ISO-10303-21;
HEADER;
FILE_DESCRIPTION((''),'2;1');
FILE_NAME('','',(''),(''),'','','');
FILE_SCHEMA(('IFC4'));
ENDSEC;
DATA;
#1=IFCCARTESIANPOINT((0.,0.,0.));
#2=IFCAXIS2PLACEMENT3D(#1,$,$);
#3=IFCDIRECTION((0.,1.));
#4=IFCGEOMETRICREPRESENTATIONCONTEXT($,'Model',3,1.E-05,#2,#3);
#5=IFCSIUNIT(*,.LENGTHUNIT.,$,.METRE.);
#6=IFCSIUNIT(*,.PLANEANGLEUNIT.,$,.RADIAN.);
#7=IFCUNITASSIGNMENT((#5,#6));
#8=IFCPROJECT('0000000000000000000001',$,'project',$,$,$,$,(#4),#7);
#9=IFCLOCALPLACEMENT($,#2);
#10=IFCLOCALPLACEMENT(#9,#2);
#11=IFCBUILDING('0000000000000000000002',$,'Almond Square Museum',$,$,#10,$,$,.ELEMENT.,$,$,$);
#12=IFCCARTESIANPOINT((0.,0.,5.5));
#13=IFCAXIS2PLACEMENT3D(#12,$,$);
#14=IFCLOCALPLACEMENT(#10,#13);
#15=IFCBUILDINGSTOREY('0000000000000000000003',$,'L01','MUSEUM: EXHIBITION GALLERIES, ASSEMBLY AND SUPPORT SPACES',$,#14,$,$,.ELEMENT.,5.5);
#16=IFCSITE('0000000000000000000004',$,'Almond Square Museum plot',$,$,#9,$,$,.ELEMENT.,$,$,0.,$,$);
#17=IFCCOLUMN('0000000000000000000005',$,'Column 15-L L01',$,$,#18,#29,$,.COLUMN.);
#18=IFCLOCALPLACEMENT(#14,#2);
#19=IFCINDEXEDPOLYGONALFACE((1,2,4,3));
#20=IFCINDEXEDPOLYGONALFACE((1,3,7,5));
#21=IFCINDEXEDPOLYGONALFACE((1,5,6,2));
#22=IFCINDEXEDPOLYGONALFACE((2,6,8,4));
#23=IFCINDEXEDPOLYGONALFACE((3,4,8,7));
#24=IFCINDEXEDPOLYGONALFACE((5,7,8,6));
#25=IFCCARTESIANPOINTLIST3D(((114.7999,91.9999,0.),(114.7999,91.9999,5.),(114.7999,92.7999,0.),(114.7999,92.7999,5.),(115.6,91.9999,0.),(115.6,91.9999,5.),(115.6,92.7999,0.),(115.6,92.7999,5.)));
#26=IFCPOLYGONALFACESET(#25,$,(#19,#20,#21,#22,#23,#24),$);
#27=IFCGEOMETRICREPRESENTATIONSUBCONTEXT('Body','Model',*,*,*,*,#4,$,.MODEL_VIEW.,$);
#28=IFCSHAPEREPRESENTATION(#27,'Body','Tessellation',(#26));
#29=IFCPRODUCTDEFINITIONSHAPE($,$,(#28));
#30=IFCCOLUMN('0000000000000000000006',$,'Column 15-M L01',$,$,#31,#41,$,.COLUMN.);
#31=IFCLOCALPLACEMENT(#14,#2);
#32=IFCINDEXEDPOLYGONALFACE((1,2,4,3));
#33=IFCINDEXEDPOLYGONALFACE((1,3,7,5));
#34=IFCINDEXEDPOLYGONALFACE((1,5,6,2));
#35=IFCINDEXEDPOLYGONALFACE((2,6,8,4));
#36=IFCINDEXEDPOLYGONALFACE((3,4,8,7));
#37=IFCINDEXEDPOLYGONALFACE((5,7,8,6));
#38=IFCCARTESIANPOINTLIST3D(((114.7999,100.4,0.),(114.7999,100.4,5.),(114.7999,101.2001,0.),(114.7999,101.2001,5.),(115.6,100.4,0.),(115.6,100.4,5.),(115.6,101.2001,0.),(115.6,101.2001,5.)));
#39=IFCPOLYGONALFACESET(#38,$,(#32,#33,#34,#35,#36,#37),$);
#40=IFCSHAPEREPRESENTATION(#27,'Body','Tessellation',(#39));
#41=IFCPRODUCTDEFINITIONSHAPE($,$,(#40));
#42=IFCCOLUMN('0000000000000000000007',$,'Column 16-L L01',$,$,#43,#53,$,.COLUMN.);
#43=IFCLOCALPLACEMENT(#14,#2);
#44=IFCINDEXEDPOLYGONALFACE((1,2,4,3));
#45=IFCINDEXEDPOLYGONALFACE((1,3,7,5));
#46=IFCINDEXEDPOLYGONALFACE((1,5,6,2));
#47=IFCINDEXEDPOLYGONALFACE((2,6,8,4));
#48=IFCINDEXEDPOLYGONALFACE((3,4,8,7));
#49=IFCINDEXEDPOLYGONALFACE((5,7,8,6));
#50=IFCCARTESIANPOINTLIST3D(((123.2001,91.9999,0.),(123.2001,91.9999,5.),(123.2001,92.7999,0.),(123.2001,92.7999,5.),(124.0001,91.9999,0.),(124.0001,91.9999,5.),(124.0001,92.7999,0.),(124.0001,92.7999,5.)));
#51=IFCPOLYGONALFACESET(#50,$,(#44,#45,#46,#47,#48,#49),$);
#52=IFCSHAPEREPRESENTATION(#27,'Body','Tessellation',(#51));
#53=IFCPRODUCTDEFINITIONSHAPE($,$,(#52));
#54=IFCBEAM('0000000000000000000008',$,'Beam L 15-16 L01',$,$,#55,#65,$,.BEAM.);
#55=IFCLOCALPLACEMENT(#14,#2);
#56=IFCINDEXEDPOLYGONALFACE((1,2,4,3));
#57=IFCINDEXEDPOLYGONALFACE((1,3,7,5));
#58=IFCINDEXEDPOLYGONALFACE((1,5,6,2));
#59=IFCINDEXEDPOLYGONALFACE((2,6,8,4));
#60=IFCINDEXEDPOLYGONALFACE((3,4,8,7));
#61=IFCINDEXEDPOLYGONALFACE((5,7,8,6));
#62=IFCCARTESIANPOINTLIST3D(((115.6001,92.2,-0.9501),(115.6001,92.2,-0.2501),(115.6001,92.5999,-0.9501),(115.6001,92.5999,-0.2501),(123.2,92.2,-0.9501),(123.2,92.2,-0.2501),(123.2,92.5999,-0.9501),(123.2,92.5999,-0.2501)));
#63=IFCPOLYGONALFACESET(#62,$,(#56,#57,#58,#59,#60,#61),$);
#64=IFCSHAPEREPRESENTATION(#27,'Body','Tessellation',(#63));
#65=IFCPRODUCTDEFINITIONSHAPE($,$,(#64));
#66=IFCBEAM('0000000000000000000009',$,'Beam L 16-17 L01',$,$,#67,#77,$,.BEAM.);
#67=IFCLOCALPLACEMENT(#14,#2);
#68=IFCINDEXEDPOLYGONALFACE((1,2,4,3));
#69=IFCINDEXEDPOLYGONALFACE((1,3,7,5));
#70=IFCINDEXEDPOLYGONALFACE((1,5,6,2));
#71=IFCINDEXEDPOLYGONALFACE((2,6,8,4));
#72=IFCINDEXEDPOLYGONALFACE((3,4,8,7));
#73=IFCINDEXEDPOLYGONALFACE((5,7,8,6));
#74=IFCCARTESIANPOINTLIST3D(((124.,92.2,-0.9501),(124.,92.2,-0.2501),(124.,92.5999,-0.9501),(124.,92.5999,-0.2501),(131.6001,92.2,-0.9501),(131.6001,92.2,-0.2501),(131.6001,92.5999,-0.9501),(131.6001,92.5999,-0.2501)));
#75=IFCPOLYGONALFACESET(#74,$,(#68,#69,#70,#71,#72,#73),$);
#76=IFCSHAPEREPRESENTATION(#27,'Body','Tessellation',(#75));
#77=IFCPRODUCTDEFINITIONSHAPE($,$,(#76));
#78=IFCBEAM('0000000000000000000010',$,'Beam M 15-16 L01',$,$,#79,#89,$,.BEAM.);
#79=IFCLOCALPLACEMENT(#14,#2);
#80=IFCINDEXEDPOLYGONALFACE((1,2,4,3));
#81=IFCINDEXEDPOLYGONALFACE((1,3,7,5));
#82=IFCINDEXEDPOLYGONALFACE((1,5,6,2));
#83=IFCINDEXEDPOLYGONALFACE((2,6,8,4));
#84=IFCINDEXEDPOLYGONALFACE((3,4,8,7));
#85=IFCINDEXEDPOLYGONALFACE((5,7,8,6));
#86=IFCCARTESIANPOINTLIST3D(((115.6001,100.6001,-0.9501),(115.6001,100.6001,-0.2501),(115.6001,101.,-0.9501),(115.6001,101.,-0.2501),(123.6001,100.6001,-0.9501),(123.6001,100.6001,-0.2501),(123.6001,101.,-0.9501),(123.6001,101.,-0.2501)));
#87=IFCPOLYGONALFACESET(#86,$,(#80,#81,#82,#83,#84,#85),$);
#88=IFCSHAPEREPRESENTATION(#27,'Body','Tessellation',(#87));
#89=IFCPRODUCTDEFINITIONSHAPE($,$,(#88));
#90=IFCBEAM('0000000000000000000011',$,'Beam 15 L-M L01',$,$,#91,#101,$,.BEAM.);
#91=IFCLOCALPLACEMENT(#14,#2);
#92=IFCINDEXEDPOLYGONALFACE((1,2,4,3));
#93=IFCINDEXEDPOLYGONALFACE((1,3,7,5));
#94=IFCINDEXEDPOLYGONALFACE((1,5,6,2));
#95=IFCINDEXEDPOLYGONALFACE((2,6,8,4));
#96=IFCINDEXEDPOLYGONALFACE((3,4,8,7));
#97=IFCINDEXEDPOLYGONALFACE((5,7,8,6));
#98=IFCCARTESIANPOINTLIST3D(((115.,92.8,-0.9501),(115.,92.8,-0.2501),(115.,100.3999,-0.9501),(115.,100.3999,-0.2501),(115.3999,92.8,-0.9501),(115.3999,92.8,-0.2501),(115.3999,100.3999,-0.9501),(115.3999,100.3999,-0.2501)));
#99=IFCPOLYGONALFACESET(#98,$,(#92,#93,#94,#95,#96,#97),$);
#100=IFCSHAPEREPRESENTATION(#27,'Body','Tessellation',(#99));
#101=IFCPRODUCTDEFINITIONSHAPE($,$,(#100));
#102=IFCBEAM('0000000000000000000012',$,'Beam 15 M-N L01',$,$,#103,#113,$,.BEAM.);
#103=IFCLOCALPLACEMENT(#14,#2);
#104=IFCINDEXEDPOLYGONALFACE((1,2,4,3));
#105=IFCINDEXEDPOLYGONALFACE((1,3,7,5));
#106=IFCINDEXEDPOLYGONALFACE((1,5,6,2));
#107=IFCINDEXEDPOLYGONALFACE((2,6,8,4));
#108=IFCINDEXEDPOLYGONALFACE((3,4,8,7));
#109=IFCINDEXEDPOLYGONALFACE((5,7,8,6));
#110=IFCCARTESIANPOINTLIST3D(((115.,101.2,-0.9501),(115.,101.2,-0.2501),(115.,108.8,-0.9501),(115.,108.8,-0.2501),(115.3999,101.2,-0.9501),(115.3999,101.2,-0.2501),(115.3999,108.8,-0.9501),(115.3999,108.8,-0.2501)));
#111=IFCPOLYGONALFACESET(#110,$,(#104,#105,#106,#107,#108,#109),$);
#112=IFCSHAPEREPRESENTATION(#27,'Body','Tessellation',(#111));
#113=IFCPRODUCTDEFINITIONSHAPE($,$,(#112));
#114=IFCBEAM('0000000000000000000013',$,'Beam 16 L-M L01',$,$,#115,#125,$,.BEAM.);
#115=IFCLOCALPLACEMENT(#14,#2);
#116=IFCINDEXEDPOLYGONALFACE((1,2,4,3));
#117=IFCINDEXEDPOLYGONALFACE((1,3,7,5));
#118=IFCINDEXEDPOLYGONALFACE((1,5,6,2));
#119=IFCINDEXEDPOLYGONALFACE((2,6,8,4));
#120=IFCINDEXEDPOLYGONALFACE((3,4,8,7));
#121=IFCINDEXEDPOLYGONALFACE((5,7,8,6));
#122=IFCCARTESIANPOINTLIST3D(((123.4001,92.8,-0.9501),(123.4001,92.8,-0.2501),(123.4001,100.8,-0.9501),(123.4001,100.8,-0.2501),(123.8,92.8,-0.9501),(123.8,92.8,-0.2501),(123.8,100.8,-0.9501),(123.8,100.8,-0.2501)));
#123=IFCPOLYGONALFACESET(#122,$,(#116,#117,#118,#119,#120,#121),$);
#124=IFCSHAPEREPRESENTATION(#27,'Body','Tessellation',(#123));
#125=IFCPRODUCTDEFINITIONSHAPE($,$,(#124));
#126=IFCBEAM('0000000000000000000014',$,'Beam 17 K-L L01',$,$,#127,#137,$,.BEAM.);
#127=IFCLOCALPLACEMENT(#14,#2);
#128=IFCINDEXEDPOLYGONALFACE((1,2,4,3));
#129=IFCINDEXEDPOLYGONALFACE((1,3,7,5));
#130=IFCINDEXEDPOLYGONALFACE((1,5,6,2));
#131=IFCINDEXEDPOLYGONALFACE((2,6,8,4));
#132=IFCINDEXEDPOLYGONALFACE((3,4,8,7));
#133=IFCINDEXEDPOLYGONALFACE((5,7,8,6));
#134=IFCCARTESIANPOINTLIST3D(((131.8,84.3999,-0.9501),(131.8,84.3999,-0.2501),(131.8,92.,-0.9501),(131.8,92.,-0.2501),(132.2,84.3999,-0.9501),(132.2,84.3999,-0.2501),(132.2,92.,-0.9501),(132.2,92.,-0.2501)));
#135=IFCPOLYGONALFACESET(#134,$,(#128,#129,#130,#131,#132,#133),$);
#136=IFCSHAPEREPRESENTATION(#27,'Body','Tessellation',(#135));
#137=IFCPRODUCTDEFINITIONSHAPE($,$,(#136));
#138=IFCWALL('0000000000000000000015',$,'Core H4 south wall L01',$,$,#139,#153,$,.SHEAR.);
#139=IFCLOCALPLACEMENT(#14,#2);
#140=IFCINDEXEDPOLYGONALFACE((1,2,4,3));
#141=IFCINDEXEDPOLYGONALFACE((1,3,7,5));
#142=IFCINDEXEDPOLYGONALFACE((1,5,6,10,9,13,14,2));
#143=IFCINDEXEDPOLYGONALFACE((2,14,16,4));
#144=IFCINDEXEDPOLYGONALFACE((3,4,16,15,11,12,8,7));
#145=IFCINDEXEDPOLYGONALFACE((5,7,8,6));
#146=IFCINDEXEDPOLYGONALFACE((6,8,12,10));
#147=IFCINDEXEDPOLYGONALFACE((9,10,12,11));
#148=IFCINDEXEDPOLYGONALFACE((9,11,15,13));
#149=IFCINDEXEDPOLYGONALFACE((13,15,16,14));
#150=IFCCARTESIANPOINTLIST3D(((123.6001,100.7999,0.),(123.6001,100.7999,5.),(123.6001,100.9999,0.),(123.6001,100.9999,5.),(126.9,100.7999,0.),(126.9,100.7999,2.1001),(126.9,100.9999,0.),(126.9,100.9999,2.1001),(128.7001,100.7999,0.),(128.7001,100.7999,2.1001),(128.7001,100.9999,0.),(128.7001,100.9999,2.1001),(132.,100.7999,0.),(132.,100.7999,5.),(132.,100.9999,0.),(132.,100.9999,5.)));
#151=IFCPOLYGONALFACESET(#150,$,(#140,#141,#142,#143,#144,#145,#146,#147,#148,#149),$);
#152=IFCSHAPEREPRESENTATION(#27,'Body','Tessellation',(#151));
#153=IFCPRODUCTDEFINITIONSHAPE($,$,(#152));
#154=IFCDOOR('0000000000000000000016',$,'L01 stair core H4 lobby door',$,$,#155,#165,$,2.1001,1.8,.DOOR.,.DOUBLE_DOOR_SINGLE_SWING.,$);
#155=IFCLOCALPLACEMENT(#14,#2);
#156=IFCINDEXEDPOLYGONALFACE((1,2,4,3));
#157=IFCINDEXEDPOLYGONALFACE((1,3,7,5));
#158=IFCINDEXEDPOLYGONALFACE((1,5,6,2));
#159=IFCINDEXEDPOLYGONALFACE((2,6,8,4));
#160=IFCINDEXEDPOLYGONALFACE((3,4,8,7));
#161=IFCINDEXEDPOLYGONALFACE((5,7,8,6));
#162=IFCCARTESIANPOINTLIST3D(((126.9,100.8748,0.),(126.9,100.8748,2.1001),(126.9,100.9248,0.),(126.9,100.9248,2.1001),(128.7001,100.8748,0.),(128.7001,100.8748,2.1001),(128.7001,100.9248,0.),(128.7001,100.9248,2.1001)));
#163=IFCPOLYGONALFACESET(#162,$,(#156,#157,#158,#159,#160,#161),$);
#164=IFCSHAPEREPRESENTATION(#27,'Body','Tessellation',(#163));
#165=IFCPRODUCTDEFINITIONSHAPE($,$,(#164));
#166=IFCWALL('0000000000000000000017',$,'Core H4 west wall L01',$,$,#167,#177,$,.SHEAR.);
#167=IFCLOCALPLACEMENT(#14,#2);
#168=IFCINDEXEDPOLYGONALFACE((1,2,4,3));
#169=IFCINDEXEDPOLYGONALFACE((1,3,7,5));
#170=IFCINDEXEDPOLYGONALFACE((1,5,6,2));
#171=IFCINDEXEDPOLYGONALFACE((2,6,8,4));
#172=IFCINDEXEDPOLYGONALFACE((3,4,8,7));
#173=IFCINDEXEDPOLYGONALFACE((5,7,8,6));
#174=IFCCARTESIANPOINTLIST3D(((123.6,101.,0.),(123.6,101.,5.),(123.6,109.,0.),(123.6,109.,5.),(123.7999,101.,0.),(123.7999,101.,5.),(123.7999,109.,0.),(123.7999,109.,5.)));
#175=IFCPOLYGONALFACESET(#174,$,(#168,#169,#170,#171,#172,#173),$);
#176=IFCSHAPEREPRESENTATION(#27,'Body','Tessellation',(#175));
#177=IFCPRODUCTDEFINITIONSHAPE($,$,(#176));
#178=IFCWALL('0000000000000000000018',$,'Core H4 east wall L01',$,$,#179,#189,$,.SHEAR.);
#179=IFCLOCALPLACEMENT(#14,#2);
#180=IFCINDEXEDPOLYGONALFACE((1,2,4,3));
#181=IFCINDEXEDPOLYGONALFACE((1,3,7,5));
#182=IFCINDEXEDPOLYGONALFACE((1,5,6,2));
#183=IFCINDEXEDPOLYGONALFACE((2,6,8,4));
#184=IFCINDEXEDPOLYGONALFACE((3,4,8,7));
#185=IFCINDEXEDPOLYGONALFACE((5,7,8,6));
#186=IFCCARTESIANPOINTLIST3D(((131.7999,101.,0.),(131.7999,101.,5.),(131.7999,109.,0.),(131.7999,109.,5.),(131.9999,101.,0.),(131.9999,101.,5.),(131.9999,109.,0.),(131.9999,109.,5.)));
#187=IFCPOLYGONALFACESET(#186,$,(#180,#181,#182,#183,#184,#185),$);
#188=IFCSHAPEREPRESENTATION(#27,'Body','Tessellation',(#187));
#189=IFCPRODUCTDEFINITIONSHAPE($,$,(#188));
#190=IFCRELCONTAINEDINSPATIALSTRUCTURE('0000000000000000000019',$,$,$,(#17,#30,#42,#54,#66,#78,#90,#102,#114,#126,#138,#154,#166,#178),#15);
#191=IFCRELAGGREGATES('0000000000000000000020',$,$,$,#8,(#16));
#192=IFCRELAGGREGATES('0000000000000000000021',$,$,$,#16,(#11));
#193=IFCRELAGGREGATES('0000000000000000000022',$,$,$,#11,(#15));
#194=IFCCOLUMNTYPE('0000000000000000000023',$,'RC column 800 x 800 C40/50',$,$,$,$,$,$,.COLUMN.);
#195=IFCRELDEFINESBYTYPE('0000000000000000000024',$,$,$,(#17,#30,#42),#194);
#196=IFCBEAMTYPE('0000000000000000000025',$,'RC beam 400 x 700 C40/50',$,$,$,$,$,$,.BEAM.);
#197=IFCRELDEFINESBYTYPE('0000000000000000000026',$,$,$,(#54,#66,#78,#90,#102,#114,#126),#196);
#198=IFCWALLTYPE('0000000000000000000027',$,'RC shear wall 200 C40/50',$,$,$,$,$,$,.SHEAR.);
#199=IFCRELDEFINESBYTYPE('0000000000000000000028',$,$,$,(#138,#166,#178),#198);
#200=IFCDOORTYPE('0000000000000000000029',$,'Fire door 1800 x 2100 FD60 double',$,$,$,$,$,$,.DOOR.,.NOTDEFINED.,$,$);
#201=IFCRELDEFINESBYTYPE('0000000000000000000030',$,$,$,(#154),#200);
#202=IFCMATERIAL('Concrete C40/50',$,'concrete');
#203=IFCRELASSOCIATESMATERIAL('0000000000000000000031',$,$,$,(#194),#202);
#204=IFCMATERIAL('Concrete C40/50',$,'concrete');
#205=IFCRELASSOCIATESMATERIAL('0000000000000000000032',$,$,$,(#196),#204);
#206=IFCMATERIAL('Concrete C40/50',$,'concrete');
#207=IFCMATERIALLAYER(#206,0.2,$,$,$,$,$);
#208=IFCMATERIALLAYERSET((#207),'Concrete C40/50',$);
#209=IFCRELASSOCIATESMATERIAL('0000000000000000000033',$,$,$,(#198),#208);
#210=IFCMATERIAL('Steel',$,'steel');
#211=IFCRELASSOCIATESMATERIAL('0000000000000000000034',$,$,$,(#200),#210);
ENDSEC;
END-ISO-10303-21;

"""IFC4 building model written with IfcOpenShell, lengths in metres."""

from ifc_helpers import new_model, si_unit, direction, frame, frame_2d, origin, origin_2d, place, context, subcontext, project, spatial, rectangle, extrude, material, layer, layer_set, material_profile, profile_set, type_object, element, fill, save


model = new_model("IFC4")

# Units and contexts
model_context = context("Model", 3, precision=1e-05, world=origin(), true_north=direction((0.0, 1.0)))
body_context = subcontext(model_context, "Body", "Model", "MODEL_VIEW")
ifc_project = project(units=[si_unit("LENGTHUNIT", "METRE"), si_unit("PLANEANGLEUNIT", "RADIAN")], contexts=[model_context])

# Site, building, storey
site_placement = place(None, origin())
site = spatial("IfcSite", under=ifc_project, at=site_placement, Name="Almond Square Museum plot", CompositionType="ELEMENT", RefElevation=0.0)
building_placement = place(site_placement, origin())
building = spatial("IfcBuilding", under=site, at=building_placement, Name="Almond Square Museum", CompositionType="ELEMENT")
storey_placement = place(building_placement, frame((0.0, 0.0, 5.5)))
storey = spatial("IfcBuildingStorey", under=building, at=storey_placement, Name="L01", Description="MUSEUM: EXHIBITION GALLERIES, ASSEMBLY AND SUPPORT SPACES", CompositionType="ELEMENT", Elevation=5.5)

# Columns
ifc_material_1 = material(Name="Concrete C40/50", Category="concrete")
ifc_material_profile_1 = material_profile(ifc_material_1, rectangle(XDim=0.8, YDim=0.8, at=origin_2d()))
ifc_profile_set_1 = profile_set([ifc_material_profile_1], Name="Concrete C40/50")
column_type = type_object("IfcColumnType", Name="RC column 800 x 800 C40/50", PredefinedType="COLUMN", material=ifc_profile_set_1)
for number, where, z_axis, x_axis, name in (
    (1, (115.2, 92.3999, 0.0), (0.0, 0.0, 1.0), (1.0, 0.0, 0.0), "Column 15-L L01"),
    (2, (115.2, 100.8, 0.0), (0.0, 0.0, 1.0), (1.0, 0.0, 0.0), "Column 15-M L01"),
    (3, (123.6001, 92.3999, 0.0), (0.0, 0.0, 1.0), (1.0, 0.0, 0.0), "Column 16-L L01"),
):
    element("IfcColumn", number, at=place(storey_placement, frame(where, z_axis=z_axis, x_axis=x_axis)), inside=storey, type_object=column_type, Name=name, PredefinedType="COLUMN", context=body_context, shape_type="SweptSolid", body=[
        extrude(rectangle(XDim=0.8, YDim=0.8, at=origin_2d()), origin(), (0.0, 0.0, 1.0), 5.0),
    ])

# Beams
ifc_material_2 = material(Name="Concrete C40/50", Category="concrete")
ifc_material_profile_2 = material_profile(ifc_material_2, rectangle(XDim=0.3999, YDim=0.7, at=origin_2d()))
ifc_profile_set_2 = profile_set([ifc_material_profile_2], Name="Concrete C40/50")
beam_type = type_object("IfcBeamType", Name="RC beam 400 x 700 C40/50", PredefinedType="BEAM", material=ifc_profile_set_2)
beam_1_placement = place(storey_placement, frame((115.6001, 92.3999, -0.6001), z_axis=(1.0, 0.0, 0.0), x_axis=(0.0, 1.0, 0.0)))
element("IfcBeam", 4, at=beam_1_placement, inside=storey, type_object=beam_type, Name="Beam L 15-16 L01", PredefinedType="BEAM", context=body_context, shape_type="SweptSolid", body=[
    extrude(rectangle(XDim=0.3999, YDim=0.7, at=origin_2d()), origin(), (0.0, 0.0, 1.0), 7.5999),
])
beam_2_placement = place(storey_placement, frame((124.0, 92.3999, -0.6001), z_axis=(1.0, 0.0, 0.0), x_axis=(0.0, 1.0, 0.0)))
element("IfcBeam", 5, at=beam_2_placement, inside=storey, type_object=beam_type, Name="Beam L 16-17 L01", PredefinedType="BEAM", context=body_context, shape_type="SweptSolid", body=[
    extrude(rectangle(XDim=0.3999, YDim=0.7, at=origin_2d()), origin(), (0.0, 0.0, 1.0), 7.6001),
])
beam_3_placement = place(storey_placement, frame((115.6001, 100.8, -0.6001), z_axis=(1.0, 0.0, 0.0), x_axis=(0.0, 1.0, 0.0)))
element("IfcBeam", 6, at=beam_3_placement, inside=storey, type_object=beam_type, Name="Beam M 15-16 L01", PredefinedType="BEAM", context=body_context, shape_type="SweptSolid", body=[
    extrude(rectangle(XDim=0.3999, YDim=0.7, at=origin_2d()), origin(), (0.0, 0.0, 1.0), 8.0),
])
beam_4_placement = place(storey_placement, frame((115.2, 92.8, -0.6001), z_axis=(0.0, 1.0, 0.0), x_axis=(-1.0, 0.0, 0.0)))
element("IfcBeam", 7, at=beam_4_placement, inside=storey, type_object=beam_type, Name="Beam 15 L-M L01", PredefinedType="BEAM", context=body_context, shape_type="SweptSolid", body=[
    extrude(rectangle(XDim=0.3999, YDim=0.7, at=origin_2d()), origin(), (0.0, 0.0, 1.0), 7.5999),
])
beam_5_placement = place(storey_placement, frame((115.2, 101.2, -0.6001), z_axis=(0.0, 1.0, 0.0), x_axis=(-1.0, 0.0, 0.0)))
element("IfcBeam", 8, at=beam_5_placement, inside=storey, type_object=beam_type, Name="Beam 15 M-N L01", PredefinedType="BEAM", context=body_context, shape_type="SweptSolid", body=[
    extrude(rectangle(XDim=0.3999, YDim=0.7, at=origin_2d()), origin(), (0.0, 0.0, 1.0), 7.6001),
])
beam_6_placement = place(storey_placement, frame((123.6001, 92.8, -0.6001), z_axis=(0.0, 1.0, 0.0), x_axis=(-1.0, 0.0, 0.0)))
element("IfcBeam", 9, at=beam_6_placement, inside=storey, type_object=beam_type, Name="Beam 16 L-M L01", PredefinedType="BEAM", context=body_context, shape_type="SweptSolid", body=[
    extrude(rectangle(XDim=0.3999, YDim=0.7, at=origin_2d()), origin(), (0.0, 0.0, 1.0), 8.0),
])
beam_7_placement = place(storey_placement, frame((132.0, 84.3999, -0.6001), z_axis=(0.0, 1.0, 0.0), x_axis=(-1.0, 0.0, 0.0)))
element("IfcBeam", 10, at=beam_7_placement, inside=storey, type_object=beam_type, Name="Beam 17 K-L L01", PredefinedType="BEAM", context=body_context, shape_type="SweptSolid", body=[
    extrude(rectangle(XDim=0.3999, YDim=0.7, at=origin_2d()), origin(), (0.0, 0.0, 1.0), 7.6001),
])

# Wall, opening, door
ifc_material_3 = material(Name="Concrete C40/50", Category="concrete")
ifc_layer = layer(ifc_material_3, 0.2)
ifc_layer_set = layer_set([ifc_layer], Name="Concrete C40/50")
wall_type = type_object("IfcWallType", Name="RC shear wall 200 C40/50", PredefinedType="SHEAR", material=ifc_layer_set)
wall_1_placement = place(storey_placement, frame((123.6001, 100.8999, 0.0), z_axis=(0.0, 0.0, 1.0), x_axis=(1.0, 0.0, 0.0)))
wall_1 = element("IfcWall", 11, at=wall_1_placement, inside=storey, type_object=wall_type, Name="Core H4 south wall L01", PredefinedType="SHEAR", context=body_context, shape_type="SweptSolid", body=[
    extrude(rectangle(XDim=8.3999, YDim=0.2, at=frame_2d((4.2, 0.0))), origin(), (0.0, 0.0, 1.0), 5.0),
])
opening_1_placement = place(wall_1_placement, frame((3.3, 0.0, 0.0)))
opening_1 = element("IfcOpeningElement", 12, at=opening_1_placement, cuts=wall_1, PredefinedType="OPENING", context=body_context, shape_type="SweptSolid", body=[
    extrude(rectangle(XDim=1.8, YDim=2.1001, at=frame_2d((0.8999, 1.05))), frame((0.0, 0.1099, 0.0), z_axis=(0.0, -1.0, 0.0), x_axis=(1.0, 0.0, 0.0)), (0.0, 0.0, 1.0), 0.22),
])
ifc_material_4 = material(Name="Steel", Category="steel")
door_type_1 = type_object("IfcDoorType", Name="Fire door 1800 x 2100 FD60 double", OperationType="NOTDEFINED", PredefinedType="DOOR", material=ifc_material_4)
door_1_placement = place(opening_1_placement, origin())
door_1 = element("IfcDoor", 13, at=door_1_placement, inside=storey, type_object=door_type_1, Name="L01 stair core H4 lobby door", OperationType="DOUBLE_DOOR_SINGLE_SWING", OverallHeight=2.1001, OverallWidth=1.8, PredefinedType="DOOR", context=body_context, shape_type="SweptSolid", body=[
    extrude(rectangle(XDim=1.8, YDim=2.1001, at=frame_2d((0.8999, 1.05))), frame((0.0, 0.0249, 0.0), z_axis=(0.0, -1.0, 0.0), x_axis=(1.0, 0.0, 0.0)), (0.0, 0.0, 1.0), 0.05),
])
fill(opening_1, door_1)

# Walls
for number, where, z_axis, x_axis, name in (
    (14, (123.7, 101.0, 0.0), (0.0, 0.0, 1.0), (0.0, 1.0, 0.0), "Core H4 west wall L01"),
    (15, (131.8999, 101.0, 0.0), (0.0, 0.0, 1.0), (0.0, 1.0, 0.0), "Core H4 east wall L01"),
):
    element("IfcWall", number, at=place(storey_placement, frame(where, z_axis=z_axis, x_axis=x_axis)), inside=storey, type_object=wall_type, Name=name, PredefinedType="SHEAR", context=body_context, shape_type="SweptSolid", body=[
        extrude(rectangle(XDim=8.0, YDim=0.2, at=frame_2d((4.0, 0.0))), origin(), (0.0, 0.0, 1.0), 5.0),
    ])

save(model, "model.ifc")
